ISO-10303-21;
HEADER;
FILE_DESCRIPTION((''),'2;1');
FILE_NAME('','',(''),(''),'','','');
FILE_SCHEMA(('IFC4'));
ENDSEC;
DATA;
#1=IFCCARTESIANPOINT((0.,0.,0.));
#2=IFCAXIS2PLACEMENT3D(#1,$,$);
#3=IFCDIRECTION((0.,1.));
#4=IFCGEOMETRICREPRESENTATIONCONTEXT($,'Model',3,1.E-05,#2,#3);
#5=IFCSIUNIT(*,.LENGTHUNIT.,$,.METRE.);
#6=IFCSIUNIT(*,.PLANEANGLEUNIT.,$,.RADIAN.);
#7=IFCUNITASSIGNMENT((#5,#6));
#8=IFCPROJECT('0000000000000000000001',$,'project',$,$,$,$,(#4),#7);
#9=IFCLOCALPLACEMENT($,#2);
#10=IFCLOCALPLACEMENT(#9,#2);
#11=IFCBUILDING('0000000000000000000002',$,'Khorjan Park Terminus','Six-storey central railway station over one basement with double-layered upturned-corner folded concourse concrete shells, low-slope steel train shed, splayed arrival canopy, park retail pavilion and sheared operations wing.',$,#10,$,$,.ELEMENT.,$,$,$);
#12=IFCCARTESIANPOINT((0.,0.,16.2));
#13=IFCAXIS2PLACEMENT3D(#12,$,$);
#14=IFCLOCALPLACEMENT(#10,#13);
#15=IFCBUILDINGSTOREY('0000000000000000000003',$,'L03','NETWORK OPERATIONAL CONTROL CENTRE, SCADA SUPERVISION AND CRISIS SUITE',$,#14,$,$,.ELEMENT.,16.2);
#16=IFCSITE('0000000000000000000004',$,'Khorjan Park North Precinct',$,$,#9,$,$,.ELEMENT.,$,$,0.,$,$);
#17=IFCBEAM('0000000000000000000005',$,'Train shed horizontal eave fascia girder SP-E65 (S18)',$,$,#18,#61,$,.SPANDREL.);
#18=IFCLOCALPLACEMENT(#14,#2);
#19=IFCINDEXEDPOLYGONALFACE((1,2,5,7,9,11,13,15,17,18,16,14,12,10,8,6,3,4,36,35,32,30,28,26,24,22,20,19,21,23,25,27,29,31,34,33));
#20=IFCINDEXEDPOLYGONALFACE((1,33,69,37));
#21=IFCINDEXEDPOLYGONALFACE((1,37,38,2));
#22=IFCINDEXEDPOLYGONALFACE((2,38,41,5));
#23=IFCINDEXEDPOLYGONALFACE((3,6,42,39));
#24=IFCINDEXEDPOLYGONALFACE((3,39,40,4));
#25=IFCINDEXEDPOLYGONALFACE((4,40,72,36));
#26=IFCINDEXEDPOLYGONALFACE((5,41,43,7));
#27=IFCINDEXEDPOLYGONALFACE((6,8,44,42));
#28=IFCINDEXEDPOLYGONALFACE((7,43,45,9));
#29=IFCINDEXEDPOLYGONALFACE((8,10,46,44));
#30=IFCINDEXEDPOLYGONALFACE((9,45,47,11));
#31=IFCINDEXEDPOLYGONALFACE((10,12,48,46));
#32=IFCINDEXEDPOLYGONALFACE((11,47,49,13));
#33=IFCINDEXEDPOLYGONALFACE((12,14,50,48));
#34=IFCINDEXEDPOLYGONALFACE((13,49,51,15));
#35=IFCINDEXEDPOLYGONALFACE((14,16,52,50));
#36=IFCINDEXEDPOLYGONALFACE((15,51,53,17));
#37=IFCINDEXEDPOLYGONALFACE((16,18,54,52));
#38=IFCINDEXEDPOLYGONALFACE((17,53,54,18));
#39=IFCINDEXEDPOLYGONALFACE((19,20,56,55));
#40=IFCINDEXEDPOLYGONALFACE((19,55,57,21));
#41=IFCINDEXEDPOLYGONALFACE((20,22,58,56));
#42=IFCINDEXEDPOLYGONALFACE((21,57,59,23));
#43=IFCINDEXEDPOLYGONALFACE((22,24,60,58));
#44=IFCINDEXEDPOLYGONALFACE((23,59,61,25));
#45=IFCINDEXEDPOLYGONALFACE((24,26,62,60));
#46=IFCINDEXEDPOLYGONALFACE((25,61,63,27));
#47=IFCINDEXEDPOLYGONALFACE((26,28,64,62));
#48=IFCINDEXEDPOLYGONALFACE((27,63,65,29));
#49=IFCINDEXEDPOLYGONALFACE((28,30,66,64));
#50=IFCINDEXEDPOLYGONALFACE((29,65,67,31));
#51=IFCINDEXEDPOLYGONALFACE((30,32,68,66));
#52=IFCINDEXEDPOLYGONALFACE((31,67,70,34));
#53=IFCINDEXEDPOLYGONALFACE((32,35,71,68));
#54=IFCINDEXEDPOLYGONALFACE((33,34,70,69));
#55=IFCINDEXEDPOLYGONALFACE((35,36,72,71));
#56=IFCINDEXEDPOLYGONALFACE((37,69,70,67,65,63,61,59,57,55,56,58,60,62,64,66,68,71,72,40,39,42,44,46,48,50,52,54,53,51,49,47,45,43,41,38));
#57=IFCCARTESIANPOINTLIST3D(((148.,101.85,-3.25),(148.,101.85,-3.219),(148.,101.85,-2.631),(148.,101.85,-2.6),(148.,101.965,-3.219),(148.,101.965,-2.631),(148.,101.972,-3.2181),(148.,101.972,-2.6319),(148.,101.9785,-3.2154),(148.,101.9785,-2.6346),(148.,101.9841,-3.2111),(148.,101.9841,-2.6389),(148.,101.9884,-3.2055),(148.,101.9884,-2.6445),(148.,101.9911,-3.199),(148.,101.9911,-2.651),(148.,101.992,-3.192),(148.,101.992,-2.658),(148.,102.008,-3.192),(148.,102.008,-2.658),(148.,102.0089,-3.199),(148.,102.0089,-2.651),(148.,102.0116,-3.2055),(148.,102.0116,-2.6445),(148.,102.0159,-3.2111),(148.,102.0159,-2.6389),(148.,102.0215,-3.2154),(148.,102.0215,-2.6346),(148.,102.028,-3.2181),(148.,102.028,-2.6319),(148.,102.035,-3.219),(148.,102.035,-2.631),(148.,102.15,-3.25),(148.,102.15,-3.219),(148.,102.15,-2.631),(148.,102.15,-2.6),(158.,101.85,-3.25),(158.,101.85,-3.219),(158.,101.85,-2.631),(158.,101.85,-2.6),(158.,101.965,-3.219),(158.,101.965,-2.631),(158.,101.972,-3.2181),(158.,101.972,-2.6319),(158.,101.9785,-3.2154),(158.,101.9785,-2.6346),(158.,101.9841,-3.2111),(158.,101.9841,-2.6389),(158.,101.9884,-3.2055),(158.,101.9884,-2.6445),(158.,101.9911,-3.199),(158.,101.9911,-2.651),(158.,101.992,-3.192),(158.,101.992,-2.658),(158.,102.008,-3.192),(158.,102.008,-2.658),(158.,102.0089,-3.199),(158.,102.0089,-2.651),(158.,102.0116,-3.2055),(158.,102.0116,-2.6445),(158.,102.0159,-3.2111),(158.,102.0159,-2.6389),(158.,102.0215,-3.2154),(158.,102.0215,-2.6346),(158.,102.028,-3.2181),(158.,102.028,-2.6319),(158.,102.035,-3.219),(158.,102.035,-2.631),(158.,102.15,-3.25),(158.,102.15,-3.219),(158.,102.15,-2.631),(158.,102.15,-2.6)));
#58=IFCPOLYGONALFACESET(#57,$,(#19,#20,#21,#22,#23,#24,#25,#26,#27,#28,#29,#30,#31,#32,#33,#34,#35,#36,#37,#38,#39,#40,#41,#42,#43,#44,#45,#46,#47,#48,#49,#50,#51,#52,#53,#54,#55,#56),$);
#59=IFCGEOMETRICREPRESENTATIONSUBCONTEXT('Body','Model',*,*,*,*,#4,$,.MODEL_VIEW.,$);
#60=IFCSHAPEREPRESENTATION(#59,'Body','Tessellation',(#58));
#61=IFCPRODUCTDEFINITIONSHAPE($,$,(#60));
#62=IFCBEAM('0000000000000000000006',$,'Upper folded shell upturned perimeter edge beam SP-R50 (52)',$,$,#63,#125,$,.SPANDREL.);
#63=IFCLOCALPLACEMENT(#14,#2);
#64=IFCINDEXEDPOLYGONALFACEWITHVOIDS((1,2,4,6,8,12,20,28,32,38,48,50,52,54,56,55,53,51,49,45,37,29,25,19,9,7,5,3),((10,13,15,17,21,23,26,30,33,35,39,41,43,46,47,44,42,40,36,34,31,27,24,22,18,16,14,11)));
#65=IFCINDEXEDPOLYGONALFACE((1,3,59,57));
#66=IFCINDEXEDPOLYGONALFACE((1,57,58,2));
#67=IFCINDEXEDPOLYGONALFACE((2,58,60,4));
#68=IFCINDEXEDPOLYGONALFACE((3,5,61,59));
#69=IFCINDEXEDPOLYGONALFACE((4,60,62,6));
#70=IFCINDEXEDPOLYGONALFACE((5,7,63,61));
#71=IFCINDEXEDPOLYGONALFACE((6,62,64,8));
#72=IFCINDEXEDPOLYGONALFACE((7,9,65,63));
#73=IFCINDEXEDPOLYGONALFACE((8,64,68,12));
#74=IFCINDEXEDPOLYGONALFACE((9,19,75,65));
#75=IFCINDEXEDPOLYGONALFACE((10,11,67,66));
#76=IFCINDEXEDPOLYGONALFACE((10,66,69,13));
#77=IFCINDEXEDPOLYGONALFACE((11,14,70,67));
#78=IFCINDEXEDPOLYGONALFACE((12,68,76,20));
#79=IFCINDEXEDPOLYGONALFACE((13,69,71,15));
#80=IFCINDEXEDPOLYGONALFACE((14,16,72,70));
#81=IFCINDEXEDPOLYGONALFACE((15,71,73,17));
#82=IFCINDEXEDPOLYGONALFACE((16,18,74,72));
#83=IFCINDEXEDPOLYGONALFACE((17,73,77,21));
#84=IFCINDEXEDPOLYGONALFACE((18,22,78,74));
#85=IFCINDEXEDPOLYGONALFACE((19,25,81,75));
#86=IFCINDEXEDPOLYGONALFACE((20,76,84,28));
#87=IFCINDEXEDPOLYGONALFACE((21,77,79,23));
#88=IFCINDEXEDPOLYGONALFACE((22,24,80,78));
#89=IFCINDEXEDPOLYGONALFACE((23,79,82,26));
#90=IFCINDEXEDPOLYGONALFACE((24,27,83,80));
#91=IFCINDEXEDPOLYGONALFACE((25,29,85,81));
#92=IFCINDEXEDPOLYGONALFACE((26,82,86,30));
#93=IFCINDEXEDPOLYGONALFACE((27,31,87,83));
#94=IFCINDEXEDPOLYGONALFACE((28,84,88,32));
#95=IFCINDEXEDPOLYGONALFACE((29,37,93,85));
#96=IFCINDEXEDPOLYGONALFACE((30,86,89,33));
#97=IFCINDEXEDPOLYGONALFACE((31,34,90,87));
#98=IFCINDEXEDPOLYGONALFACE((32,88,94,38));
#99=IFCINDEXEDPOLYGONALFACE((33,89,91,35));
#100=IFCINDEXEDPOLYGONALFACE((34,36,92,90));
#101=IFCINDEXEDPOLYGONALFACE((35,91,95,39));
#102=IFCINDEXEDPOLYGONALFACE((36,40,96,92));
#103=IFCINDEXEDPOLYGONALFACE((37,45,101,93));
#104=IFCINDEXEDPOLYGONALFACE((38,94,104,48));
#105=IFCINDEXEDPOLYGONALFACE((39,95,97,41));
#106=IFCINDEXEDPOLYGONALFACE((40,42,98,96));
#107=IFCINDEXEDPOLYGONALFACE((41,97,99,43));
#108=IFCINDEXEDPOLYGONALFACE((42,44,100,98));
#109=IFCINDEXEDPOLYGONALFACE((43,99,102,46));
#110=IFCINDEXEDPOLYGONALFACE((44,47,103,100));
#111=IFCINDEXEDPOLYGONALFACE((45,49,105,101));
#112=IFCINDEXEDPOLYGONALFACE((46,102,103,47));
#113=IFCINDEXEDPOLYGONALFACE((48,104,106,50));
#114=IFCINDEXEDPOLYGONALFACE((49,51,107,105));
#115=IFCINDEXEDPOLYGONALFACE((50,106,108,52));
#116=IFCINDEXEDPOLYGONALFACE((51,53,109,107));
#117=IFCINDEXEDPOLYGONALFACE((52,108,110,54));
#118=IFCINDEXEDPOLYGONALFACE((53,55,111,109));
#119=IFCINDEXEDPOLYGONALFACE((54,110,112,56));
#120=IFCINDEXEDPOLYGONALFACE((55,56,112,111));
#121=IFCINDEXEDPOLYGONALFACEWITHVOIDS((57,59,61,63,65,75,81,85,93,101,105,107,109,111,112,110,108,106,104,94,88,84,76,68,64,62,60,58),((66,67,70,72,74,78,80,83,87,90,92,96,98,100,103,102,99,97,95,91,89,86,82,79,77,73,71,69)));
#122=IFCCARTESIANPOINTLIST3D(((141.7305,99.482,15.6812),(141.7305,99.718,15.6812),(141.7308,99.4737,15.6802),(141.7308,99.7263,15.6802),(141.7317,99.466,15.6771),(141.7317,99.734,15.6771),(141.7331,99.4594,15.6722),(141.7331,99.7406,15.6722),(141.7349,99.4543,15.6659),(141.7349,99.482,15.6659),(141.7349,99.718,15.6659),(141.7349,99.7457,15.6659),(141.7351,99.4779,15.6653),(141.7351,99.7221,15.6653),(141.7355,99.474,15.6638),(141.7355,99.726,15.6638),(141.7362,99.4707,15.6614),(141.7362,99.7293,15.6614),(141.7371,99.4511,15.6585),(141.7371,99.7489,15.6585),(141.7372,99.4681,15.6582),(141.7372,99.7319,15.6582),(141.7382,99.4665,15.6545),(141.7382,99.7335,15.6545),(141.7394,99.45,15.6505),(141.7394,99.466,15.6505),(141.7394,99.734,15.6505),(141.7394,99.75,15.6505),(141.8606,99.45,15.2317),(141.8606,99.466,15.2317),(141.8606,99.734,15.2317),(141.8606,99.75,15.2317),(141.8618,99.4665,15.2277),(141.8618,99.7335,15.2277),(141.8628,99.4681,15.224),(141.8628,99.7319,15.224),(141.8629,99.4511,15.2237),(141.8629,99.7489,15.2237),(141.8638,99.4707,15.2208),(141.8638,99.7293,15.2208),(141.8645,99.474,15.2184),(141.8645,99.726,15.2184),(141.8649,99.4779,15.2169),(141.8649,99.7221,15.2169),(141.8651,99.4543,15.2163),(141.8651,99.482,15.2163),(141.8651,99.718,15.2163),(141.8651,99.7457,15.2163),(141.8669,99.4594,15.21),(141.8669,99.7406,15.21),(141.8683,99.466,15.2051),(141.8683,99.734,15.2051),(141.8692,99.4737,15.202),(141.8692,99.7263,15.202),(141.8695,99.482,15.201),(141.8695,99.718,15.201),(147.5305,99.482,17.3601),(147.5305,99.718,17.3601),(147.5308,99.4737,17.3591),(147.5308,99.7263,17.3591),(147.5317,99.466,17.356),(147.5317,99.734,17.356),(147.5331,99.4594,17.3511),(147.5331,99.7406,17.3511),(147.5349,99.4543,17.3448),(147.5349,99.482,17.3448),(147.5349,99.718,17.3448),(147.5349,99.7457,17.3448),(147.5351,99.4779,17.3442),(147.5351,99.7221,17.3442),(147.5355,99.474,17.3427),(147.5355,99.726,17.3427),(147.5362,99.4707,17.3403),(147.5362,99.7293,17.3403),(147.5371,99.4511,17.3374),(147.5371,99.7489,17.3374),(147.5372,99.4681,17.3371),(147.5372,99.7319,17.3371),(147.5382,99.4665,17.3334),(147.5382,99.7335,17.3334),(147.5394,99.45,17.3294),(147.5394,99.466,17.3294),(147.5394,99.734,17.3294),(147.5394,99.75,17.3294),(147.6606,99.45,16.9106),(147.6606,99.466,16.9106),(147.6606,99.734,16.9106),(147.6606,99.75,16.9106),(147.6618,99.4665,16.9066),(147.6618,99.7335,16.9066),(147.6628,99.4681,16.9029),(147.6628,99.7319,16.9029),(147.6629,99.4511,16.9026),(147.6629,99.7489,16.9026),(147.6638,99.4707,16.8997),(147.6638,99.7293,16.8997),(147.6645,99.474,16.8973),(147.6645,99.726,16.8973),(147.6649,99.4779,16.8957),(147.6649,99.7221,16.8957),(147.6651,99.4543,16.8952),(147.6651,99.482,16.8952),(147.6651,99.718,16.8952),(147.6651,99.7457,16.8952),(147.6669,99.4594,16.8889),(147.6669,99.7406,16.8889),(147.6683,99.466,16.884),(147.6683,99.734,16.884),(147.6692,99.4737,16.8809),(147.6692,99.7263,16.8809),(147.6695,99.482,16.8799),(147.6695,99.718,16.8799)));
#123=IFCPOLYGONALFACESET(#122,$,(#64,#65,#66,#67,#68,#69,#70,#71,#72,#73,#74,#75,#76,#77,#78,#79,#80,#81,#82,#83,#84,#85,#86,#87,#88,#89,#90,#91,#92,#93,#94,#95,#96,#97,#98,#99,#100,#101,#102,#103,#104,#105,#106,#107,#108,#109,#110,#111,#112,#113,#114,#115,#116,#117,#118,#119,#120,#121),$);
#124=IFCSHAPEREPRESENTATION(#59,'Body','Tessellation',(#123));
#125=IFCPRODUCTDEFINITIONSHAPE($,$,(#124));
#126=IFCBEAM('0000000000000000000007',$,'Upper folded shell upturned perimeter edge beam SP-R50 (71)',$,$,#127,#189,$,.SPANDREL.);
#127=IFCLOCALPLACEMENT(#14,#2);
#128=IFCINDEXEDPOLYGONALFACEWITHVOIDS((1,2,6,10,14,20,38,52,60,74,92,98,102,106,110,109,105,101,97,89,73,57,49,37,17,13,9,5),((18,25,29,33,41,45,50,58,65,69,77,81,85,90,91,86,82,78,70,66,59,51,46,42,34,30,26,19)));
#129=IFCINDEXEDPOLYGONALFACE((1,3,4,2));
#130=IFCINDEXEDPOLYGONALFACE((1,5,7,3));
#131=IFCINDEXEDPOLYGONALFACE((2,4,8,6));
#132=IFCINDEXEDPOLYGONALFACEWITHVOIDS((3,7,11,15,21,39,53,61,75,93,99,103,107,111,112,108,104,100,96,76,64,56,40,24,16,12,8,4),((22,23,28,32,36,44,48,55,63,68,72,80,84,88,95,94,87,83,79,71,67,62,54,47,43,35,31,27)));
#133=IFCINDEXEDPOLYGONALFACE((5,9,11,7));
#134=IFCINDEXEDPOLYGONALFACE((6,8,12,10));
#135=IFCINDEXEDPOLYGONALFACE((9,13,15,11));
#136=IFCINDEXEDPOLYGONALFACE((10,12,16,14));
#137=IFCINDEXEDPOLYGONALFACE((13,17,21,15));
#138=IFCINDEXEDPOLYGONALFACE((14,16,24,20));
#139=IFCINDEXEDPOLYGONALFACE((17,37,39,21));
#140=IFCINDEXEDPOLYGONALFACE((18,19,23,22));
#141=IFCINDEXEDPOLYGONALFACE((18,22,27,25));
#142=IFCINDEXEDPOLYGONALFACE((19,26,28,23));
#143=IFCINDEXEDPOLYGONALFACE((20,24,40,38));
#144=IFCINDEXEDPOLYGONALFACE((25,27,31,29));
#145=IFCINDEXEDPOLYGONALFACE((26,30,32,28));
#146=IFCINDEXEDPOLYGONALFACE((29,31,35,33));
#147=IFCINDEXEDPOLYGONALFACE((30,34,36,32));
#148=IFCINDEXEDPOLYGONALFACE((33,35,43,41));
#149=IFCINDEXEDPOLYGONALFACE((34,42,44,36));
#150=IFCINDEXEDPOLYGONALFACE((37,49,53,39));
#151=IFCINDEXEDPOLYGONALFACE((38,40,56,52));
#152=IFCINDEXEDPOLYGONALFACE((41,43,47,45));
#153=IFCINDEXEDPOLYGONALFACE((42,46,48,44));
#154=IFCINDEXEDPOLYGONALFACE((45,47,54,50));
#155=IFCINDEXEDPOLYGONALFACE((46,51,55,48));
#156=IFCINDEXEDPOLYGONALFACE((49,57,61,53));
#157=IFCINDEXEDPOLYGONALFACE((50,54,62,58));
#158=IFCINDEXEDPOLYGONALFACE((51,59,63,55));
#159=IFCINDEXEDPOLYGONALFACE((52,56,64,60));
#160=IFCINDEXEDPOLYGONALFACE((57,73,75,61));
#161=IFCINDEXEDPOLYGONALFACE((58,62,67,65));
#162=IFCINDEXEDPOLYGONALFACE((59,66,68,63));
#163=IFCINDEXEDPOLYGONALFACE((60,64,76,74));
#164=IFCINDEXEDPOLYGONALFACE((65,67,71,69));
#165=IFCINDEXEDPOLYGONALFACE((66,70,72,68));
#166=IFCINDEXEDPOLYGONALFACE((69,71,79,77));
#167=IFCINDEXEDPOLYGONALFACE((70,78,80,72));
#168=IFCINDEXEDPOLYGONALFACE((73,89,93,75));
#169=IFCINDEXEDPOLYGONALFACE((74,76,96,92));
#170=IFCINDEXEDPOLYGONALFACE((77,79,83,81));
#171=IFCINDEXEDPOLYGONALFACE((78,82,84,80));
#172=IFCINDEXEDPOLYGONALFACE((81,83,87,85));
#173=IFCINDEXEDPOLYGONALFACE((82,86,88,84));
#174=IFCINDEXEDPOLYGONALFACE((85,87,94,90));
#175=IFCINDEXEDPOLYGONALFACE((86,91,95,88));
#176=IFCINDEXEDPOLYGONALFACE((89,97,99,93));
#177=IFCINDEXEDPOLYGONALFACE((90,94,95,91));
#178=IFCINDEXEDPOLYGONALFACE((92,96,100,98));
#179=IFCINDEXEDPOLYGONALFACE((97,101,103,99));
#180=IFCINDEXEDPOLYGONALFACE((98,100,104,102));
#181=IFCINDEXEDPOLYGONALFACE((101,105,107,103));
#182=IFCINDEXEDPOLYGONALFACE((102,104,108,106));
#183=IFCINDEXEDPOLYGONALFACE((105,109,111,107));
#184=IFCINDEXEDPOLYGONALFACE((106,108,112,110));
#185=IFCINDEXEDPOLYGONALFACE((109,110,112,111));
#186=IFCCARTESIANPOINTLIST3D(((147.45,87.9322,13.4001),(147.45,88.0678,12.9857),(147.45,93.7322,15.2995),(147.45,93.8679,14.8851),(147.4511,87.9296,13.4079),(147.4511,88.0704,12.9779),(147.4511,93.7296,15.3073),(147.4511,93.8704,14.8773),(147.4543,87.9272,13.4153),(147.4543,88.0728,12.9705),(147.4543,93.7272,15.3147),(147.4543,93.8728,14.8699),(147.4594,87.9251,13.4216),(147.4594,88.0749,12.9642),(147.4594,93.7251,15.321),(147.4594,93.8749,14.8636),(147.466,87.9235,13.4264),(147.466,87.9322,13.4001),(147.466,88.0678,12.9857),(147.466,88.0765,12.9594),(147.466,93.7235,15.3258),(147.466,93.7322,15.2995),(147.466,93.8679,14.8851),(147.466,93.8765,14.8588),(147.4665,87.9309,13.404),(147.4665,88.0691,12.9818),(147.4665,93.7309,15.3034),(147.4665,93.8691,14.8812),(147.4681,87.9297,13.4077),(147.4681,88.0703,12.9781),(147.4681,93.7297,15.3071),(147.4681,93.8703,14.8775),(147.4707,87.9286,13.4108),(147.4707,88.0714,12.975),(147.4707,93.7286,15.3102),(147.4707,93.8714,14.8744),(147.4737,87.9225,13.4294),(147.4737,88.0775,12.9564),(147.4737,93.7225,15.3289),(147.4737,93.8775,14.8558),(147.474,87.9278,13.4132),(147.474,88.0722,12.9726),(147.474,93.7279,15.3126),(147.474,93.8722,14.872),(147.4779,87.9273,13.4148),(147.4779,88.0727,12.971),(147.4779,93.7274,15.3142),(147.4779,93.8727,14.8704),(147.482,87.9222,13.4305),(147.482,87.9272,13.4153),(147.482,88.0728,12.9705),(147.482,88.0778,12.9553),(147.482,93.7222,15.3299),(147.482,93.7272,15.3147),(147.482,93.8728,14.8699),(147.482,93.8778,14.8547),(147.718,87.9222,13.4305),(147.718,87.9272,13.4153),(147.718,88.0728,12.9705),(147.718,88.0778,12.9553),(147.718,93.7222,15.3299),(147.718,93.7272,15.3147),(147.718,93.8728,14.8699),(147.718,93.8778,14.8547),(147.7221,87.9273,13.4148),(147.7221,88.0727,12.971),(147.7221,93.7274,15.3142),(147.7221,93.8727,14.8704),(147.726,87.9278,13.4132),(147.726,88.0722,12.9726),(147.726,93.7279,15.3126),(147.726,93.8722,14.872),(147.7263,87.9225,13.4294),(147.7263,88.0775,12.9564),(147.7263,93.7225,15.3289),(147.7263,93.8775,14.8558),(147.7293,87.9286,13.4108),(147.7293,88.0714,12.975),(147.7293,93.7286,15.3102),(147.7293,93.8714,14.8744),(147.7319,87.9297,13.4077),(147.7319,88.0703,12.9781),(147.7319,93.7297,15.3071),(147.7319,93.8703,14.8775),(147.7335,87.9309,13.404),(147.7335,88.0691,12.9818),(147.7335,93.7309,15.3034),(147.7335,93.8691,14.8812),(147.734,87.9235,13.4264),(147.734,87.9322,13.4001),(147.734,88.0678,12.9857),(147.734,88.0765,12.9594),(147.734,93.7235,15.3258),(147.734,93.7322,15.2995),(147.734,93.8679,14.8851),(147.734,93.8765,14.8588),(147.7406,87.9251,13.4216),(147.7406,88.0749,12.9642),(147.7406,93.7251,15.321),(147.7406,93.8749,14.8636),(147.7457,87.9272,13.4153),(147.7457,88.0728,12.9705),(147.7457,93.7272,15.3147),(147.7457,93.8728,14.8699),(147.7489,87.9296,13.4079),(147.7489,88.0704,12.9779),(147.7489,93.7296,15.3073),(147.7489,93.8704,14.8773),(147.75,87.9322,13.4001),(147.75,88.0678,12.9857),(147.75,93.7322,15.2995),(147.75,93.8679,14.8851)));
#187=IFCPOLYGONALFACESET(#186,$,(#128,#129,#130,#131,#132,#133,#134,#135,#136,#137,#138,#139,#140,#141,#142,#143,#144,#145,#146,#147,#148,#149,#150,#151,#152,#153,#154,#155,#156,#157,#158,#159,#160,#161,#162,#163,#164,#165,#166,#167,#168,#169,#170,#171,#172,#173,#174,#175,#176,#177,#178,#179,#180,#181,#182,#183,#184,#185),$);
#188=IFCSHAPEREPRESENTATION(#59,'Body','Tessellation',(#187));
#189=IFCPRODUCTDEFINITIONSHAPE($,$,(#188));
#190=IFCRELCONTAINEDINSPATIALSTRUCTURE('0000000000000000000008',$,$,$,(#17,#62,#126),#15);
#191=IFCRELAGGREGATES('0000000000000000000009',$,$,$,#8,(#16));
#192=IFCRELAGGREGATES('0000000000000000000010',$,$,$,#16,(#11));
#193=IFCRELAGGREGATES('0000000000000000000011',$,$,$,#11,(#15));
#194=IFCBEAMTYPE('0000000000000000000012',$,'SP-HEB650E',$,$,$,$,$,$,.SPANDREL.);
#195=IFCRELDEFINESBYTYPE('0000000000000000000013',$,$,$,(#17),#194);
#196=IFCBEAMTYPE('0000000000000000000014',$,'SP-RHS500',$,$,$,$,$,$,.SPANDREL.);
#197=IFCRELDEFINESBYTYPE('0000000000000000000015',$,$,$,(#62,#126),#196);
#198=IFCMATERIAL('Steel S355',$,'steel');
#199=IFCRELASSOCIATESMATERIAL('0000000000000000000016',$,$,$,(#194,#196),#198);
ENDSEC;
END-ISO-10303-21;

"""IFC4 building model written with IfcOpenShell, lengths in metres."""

from ifc_helpers import new_model, si_unit, direction, frame, origin, origin_2d, place, context, subcontext, project, spatial, hollow_rectangle, i_section, extrude, material, material_profile, profile_set, type_object, element, save


model = new_model("IFC4")

# Units and contexts
model_context = context("Model", 3, precision=1e-05, world=origin(), true_north=direction((0.0, 1.0)))
body_context = subcontext(model_context, "Body", "Model", "MODEL_VIEW")
ifc_project = project(units=[si_unit("LENGTHUNIT", "METRE"), si_unit("PLANEANGLEUNIT", "RADIAN")], contexts=[model_context])

# Site, building, storey
site_placement = place(None, origin())
site = spatial("IfcSite", under=ifc_project, at=site_placement, Name="Khorjan Park North Precinct", CompositionType="ELEMENT", RefElevation=0.0)
building_placement = place(site_placement, origin())
building = spatial("IfcBuilding", under=site, at=building_placement, Name="Khorjan Park Terminus", Description="Six-storey central railway station over one basement with double-layered upturned-corner folded concourse concrete shells, low-slope steel train shed, splayed arrival canopy, park retail pavilion and sheared operations wing.", CompositionType="ELEMENT")
storey_placement = place(building_placement, frame((0.0, 0.0, 16.2)))
storey = spatial("IfcBuildingStorey", under=building, at=storey_placement, Name="L03", Description="NETWORK OPERATIONAL CONTROL CENTRE, SCADA SUPERVISION AND CRISIS SUITE", CompositionType="ELEMENT", Elevation=16.2)

# Shared definitions
ifc_material = material(Name="Steel S355", Category="steel")

# Beams
ifc_material_profile_1 = material_profile(ifc_material, i_section(OverallWidth=0.3, OverallDepth=0.65, WebThickness=0.016, FlangeThickness=0.031, FilletRadius=0.027, at=origin_2d()), Name="HEB 650")
ifc_profile_set_1 = profile_set([ifc_material_profile_1], Name="Steel S355")
beam_type_1 = type_object("IfcBeamType", Name="SP-HEB650E", PredefinedType="SPANDREL", material=ifc_profile_set_1)
beam_1_placement = place(storey_placement, frame((148.0, 102.0, -2.925), z_axis=(1.0, 0.0, 0.0), x_axis=(0.0, 1.0, 0.0)))
element("IfcBeam", 1, at=beam_1_placement, inside=storey, type_object=beam_type_1, Name="Train shed horizontal eave fascia girder SP-E65 (S18)", PredefinedType="SPANDREL", context=body_context, shape_type="SweptSolid", body=[
    extrude(i_section(OverallWidth=0.3, OverallDepth=0.65, WebThickness=0.016, FlangeThickness=0.031, FilletRadius=0.027, at=origin_2d()), origin(), (0.0, 0.0, 1.0), 10.0),
])
ifc_material_profile_2 = material_profile(ifc_material, hollow_rectangle(XDim=0.3, YDim=0.5, WallThickness=0.016, InnerFilletRadius=0.016, OuterFilletRadius=0.032, at=origin_2d()), Name="RHS 500x300x16")
ifc_profile_set_2 = profile_set([ifc_material_profile_2], Name="Steel S355")
beam_type_2 = type_object("IfcBeamType", Name="SP-RHS500", PredefinedType="SPANDREL", material=ifc_profile_set_2)
beam_2_placement = place(storey_placement, frame((141.8, 99.6, 15.4411), z_axis=(0.960566, 0.0, 0.278051), x_axis=(0.0, 1.0, 0.0)))
element("IfcBeam", 2, at=beam_2_placement, inside=storey, type_object=beam_type_2, Name="Upper folded shell upturned perimeter edge beam SP-R50 (52)", PredefinedType="SPANDREL", context=body_context, shape_type="SweptSolid", body=[
    extrude(hollow_rectangle(XDim=0.3, YDim=0.5, WallThickness=0.016, InnerFilletRadius=0.016, OuterFilletRadius=0.032, at=origin_2d()), origin(), (0.0, 0.0, 1.0), 6.0381),
])
beam_3_placement = place(storey_placement, frame((147.6, 88.0, 13.1929), z_axis=(0.0, 0.950338, 0.311219), x_axis=(-1.0, 0.0, 0.0)))
element("IfcBeam", 3, at=beam_3_placement, inside=storey, type_object=beam_type_2, Name="Upper folded shell upturned perimeter edge beam SP-R50 (71)", PredefinedType="SPANDREL", context=body_context, shape_type="SweptSolid", body=[
    extrude(hollow_rectangle(XDim=0.3, YDim=0.5, WallThickness=0.016, InnerFilletRadius=0.016, OuterFilletRadius=0.032, at=origin_2d()), origin(), (0.0, 0.0, 1.0), 6.1031),
])

save(model, "model.ifc")
